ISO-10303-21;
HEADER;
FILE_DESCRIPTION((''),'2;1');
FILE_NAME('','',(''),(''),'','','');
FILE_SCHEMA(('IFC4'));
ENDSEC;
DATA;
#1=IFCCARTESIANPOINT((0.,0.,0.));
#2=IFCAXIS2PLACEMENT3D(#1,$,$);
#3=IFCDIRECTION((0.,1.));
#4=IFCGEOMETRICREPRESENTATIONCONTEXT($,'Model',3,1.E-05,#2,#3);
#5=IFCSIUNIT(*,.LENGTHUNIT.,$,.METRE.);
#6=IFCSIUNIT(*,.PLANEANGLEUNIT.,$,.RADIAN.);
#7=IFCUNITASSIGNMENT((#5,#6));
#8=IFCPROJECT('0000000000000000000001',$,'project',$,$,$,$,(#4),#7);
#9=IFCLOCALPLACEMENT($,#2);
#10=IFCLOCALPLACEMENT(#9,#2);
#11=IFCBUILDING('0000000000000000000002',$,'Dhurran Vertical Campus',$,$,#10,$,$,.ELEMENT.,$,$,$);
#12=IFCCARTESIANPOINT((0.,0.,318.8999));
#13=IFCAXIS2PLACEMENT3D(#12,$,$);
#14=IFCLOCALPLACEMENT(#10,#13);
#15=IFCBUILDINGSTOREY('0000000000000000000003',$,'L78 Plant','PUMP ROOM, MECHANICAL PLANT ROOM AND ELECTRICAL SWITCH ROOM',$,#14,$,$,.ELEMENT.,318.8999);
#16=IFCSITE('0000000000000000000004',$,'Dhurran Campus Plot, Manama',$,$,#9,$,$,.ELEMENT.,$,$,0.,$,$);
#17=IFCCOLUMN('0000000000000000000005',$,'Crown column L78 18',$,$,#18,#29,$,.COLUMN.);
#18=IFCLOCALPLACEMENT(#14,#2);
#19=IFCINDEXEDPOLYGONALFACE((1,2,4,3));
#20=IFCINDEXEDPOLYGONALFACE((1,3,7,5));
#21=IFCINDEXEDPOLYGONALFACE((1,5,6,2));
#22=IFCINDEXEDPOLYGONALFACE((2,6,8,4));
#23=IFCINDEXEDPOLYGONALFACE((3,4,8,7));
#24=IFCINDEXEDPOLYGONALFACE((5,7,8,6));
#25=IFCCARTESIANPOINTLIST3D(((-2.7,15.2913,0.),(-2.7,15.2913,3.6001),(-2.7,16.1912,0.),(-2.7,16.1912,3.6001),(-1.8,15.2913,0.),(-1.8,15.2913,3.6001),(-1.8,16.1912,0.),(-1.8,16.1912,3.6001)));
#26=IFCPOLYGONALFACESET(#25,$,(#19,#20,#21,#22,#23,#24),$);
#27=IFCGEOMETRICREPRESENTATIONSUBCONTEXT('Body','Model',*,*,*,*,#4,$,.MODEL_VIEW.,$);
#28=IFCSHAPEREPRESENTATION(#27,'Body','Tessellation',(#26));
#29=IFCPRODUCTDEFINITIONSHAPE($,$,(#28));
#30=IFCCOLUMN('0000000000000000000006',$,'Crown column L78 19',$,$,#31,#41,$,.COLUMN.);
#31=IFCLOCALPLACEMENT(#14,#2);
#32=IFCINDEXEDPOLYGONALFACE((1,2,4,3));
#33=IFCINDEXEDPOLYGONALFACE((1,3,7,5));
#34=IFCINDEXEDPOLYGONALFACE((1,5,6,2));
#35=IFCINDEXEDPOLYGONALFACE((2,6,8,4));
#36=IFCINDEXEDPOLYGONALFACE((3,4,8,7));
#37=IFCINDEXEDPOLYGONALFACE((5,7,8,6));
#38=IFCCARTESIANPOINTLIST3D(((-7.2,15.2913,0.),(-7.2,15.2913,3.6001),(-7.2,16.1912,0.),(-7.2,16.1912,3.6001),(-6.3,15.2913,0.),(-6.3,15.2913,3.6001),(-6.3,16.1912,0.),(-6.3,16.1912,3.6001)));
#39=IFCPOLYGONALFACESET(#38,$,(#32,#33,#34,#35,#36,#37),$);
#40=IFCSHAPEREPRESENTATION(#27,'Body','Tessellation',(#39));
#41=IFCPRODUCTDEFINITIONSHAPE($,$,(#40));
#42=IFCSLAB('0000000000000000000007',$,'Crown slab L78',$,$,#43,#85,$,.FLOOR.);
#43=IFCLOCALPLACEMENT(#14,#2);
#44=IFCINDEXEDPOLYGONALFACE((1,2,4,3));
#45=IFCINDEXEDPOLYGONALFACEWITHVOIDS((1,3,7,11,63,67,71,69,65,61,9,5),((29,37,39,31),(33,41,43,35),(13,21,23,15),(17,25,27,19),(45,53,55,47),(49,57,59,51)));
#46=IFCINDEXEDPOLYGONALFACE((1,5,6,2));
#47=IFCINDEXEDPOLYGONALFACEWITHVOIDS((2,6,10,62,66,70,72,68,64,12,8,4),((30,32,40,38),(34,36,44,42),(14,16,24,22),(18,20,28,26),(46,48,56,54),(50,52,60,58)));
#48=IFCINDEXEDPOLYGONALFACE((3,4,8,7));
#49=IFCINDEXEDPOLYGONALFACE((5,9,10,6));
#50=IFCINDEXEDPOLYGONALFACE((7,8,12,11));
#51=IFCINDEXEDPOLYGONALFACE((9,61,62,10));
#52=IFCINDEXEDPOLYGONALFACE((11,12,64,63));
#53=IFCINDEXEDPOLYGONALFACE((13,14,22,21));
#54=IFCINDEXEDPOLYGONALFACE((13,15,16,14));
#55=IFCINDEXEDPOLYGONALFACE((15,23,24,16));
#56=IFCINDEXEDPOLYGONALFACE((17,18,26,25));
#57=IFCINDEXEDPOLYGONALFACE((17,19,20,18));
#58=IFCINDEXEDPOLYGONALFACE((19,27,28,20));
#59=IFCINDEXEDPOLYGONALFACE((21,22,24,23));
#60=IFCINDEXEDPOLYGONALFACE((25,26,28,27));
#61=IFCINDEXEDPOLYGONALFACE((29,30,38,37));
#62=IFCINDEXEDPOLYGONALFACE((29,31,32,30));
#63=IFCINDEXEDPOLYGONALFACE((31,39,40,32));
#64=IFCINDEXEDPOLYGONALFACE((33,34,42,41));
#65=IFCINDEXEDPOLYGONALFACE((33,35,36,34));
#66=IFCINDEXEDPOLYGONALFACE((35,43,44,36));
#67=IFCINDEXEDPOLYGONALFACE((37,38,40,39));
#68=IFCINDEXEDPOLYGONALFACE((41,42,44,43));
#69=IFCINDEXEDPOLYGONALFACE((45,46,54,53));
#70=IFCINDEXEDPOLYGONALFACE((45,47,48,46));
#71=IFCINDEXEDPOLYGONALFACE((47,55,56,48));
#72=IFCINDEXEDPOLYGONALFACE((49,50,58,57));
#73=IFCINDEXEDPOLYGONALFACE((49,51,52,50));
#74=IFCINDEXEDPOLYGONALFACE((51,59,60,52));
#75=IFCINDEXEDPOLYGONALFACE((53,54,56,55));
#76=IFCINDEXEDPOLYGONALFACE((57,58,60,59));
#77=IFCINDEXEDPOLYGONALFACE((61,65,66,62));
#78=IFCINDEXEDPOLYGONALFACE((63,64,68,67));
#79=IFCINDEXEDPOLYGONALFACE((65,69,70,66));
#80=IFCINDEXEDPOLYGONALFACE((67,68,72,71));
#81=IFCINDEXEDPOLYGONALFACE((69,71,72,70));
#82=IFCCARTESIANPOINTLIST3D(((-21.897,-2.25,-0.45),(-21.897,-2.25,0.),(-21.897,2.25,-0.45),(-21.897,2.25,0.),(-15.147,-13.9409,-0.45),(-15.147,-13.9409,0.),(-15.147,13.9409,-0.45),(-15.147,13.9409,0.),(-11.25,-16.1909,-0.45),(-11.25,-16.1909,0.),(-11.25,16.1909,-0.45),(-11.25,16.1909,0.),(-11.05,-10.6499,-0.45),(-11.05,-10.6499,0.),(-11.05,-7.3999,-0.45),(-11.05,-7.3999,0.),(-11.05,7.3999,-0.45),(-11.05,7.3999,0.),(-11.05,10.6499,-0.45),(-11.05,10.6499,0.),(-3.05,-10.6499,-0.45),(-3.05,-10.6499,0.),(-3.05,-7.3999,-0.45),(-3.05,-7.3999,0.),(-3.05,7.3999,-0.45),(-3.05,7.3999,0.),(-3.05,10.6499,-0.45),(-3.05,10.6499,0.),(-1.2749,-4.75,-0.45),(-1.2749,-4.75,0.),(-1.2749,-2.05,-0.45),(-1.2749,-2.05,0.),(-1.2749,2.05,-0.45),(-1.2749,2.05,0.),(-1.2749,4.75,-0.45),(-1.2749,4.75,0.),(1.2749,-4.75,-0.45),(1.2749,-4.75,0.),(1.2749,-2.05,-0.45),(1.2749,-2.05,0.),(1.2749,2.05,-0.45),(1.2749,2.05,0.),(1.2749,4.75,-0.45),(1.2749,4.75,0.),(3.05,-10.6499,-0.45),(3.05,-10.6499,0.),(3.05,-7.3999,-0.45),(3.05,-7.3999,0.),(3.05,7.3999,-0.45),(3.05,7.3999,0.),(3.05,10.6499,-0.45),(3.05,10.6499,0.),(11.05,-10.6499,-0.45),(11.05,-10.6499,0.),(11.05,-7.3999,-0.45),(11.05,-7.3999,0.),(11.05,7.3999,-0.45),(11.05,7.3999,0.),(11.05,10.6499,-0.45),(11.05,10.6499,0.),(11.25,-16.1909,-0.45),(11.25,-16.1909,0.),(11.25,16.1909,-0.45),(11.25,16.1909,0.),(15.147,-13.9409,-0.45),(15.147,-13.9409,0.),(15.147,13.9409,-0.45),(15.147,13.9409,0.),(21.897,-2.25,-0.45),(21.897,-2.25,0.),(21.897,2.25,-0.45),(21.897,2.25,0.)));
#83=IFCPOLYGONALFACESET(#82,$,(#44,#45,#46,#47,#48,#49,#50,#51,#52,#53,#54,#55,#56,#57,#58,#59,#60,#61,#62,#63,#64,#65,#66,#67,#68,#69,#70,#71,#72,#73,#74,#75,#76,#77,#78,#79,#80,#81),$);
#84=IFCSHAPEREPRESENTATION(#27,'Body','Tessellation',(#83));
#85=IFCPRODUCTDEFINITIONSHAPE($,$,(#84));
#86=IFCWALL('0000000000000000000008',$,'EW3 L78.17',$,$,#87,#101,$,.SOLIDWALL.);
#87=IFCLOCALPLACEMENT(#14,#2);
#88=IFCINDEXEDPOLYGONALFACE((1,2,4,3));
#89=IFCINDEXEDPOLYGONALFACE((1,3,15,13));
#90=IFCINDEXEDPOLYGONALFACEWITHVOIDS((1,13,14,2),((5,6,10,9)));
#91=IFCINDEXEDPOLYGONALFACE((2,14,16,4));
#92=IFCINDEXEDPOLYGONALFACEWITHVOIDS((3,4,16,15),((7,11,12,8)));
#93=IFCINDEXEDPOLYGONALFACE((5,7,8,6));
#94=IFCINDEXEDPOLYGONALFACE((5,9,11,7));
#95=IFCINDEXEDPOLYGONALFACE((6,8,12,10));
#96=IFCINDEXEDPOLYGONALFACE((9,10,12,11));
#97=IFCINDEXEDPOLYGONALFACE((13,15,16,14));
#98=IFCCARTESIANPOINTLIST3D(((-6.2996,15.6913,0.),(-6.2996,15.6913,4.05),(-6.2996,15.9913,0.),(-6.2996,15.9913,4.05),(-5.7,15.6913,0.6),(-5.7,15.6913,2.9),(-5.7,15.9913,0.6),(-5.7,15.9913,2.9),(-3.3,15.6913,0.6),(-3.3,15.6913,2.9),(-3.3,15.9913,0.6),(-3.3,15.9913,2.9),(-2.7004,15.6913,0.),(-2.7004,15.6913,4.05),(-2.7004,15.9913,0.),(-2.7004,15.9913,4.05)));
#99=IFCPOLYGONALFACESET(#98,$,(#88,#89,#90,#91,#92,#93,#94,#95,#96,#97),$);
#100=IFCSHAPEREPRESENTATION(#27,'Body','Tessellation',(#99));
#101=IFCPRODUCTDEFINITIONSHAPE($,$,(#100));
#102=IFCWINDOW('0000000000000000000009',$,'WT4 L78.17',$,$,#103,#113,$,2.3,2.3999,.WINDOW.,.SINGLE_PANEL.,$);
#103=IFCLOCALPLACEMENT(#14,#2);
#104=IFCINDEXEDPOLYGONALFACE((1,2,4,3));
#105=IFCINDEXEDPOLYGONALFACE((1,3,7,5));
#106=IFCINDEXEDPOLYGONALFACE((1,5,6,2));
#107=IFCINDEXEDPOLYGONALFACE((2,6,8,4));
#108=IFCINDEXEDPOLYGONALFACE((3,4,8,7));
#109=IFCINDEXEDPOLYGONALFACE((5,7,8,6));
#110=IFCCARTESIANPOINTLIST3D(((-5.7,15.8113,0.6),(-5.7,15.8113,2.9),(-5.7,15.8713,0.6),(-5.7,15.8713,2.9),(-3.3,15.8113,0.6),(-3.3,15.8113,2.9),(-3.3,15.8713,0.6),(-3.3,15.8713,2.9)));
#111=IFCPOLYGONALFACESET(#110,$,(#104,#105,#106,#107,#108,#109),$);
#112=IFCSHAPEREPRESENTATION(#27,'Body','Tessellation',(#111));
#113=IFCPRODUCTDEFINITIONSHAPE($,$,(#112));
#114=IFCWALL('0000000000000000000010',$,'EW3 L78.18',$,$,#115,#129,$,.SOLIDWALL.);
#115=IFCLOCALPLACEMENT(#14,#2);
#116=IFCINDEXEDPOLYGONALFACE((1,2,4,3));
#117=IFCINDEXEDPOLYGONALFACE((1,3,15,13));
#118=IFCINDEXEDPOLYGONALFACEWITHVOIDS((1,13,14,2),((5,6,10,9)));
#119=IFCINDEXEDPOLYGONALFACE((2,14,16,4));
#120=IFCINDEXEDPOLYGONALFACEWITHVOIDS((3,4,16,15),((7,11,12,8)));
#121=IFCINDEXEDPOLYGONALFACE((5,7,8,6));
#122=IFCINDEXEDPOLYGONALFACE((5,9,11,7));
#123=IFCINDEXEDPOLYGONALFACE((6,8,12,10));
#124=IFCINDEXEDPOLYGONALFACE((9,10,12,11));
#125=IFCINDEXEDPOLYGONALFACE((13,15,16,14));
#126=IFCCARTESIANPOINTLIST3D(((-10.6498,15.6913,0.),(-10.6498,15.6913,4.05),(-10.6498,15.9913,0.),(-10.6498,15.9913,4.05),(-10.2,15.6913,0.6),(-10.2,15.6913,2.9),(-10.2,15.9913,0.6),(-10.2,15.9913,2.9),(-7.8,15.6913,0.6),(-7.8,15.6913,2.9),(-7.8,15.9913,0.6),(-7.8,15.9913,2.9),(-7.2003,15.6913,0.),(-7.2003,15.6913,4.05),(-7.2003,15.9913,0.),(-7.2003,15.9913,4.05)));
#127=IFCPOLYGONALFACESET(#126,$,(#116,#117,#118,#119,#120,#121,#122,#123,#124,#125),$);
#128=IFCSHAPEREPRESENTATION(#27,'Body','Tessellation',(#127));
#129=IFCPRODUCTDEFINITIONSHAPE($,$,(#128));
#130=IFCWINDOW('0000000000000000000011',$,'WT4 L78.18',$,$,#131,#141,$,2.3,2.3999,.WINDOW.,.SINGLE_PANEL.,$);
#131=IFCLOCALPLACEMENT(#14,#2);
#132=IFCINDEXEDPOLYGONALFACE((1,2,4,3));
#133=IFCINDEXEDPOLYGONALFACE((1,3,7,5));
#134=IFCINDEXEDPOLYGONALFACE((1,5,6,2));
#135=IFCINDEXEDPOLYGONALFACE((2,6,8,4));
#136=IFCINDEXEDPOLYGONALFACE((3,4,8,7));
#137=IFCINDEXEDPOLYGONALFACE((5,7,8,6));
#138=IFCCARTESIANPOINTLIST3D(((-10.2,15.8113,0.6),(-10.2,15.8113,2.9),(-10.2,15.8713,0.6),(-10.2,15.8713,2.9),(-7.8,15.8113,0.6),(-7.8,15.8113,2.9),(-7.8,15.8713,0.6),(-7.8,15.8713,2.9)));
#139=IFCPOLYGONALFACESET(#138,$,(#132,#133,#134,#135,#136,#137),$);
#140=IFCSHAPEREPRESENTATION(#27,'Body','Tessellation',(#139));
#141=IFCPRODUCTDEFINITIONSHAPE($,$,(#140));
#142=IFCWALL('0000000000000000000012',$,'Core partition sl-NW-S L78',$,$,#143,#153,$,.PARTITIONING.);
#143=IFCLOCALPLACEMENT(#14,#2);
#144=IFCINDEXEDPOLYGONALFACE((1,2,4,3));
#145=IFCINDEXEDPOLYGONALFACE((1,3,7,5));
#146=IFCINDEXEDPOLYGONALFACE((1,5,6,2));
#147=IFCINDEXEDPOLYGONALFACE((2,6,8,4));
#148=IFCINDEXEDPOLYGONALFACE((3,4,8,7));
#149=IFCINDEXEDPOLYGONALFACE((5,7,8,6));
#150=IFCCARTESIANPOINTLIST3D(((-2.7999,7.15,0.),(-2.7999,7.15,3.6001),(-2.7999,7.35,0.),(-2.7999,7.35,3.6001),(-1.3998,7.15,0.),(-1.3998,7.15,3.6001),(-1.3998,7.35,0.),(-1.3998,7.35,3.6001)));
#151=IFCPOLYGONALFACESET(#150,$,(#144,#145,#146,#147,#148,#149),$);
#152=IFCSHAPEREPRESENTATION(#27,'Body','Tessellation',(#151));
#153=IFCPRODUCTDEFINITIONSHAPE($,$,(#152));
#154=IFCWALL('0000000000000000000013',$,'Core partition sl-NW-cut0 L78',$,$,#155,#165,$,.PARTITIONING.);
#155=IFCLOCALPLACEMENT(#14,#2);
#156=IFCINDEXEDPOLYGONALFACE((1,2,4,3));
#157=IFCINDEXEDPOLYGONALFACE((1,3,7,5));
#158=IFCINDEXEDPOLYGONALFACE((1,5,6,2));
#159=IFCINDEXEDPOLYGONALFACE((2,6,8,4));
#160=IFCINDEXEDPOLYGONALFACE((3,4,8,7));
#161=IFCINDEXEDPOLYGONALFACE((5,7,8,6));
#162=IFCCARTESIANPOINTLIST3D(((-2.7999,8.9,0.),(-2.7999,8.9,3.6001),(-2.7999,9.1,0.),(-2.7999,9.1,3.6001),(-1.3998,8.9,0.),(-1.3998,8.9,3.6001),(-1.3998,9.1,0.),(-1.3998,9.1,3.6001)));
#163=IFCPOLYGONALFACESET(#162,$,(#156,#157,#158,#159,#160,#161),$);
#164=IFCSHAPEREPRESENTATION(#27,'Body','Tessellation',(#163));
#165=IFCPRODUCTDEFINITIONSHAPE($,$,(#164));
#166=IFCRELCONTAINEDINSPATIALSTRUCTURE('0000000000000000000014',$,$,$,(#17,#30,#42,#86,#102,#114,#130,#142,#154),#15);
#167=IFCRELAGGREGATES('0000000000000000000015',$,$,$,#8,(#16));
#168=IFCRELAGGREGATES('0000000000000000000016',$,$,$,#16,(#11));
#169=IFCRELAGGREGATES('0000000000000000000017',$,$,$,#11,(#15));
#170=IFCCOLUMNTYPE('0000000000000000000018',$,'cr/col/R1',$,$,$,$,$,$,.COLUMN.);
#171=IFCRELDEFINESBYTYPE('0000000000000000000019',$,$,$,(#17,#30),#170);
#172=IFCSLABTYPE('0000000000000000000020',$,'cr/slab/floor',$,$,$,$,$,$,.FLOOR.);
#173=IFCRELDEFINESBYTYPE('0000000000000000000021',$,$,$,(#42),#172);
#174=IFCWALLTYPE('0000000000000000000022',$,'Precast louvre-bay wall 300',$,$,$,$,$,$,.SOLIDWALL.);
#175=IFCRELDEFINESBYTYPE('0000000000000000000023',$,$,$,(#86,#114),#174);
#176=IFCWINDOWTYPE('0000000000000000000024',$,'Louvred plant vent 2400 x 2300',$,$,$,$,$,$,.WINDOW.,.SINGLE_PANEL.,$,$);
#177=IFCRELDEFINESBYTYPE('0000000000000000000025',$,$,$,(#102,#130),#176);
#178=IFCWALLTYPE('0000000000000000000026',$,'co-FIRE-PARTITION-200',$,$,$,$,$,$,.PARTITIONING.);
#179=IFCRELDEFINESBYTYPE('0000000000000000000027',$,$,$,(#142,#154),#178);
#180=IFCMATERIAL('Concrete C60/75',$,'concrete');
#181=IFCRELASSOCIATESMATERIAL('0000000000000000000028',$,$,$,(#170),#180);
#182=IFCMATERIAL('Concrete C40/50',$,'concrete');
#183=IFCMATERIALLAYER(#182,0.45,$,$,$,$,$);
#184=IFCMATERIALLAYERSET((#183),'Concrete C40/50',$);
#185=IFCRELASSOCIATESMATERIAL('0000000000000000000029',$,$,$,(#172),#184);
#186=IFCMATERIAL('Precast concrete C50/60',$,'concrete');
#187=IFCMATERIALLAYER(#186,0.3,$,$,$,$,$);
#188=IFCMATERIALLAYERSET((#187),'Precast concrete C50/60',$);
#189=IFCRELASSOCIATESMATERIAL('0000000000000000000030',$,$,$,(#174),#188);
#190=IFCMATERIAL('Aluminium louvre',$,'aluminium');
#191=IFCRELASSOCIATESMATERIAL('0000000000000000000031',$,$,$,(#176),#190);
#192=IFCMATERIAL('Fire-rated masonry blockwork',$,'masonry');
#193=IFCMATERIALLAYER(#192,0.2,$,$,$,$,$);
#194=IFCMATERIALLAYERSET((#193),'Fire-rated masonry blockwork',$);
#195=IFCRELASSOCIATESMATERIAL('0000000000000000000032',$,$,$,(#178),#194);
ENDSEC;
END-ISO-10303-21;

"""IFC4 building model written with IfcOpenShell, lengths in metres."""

from ifc_helpers import new_model, si_unit, direction, frame, frame_2d, origin, origin_2d, place, context, subcontext, project, spatial, polyline, rectangle, outline, extrude, material, layer, layer_set, material_profile, profile_set, type_object, element, fill, save


model = new_model("IFC4")

# Units and contexts
model_context = context("Model", 3, precision=1e-05, world=origin(), true_north=direction((0.0, 1.0)))
body_context = subcontext(model_context, "Body", "Model", "MODEL_VIEW")
ifc_project = project(units=[si_unit("LENGTHUNIT", "METRE"), si_unit("PLANEANGLEUNIT", "RADIAN")], contexts=[model_context])

# Site, building, storey
site_placement = place(None, origin())
site = spatial("IfcSite", under=ifc_project, at=site_placement, Name="Dhurran Campus Plot, Manama", CompositionType="ELEMENT", RefElevation=0.0)
building_placement = place(site_placement, origin())
building = spatial("IfcBuilding", under=site, at=building_placement, Name="Dhurran Vertical Campus", CompositionType="ELEMENT")
storey_placement = place(building_placement, frame((0.0, 0.0, 318.8999)))
storey = spatial("IfcBuildingStorey", under=building, at=storey_placement, Name="L78 Plant", Description="PUMP ROOM, MECHANICAL PLANT ROOM AND ELECTRICAL SWITCH ROOM", CompositionType="ELEMENT", Elevation=318.8999)

# Columns
ifc_material_1 = material(Name="Concrete C60/75", Category="concrete")
ifc_material_profile = material_profile(ifc_material_1, rectangle(XDim=0.8999, YDim=0.8999, at=origin_2d()), Name="cr/col/R1")
ifc_profile_set = profile_set([ifc_material_profile], Name="Concrete C60/75")
column_type = type_object("IfcColumnType", Name="cr/col/R1", PredefinedType="COLUMN", material=ifc_profile_set)
for number, where, z_axis, x_axis, name in (
    (1, (-2.25, 15.7412, 0.0), (0.0, 0.0, 1.0), (-1.0, 0.0, 0.0), "Crown column L78 18"),
    (2, (-6.75, 15.7412, 0.0), (0.0, 0.0, 1.0), (-1.0, 0.0, 0.0), "Crown column L78 19"),
):
    element("IfcColumn", number, at=place(storey_placement, frame(where, z_axis=z_axis, x_axis=x_axis)), inside=storey, type_object=column_type, Name=name, PredefinedType="COLUMN", context=body_context, shape_type="SweptSolid", body=[
        extrude(rectangle(XDim=0.8999, YDim=0.8999, at=origin_2d()), origin(), (0.0, 0.0, 1.0), 3.6001),
    ])

# Slab
ifc_material_2 = material(Name="Concrete C40/50", Category="concrete")
ifc_layer_1 = layer(ifc_material_2, 0.45)
ifc_layer_set_1 = layer_set([ifc_layer_1], Name="Concrete C40/50")
slab_type = type_object("IfcSlabType", Name="cr/slab/floor", PredefinedType="FLOOR", material=ifc_layer_set_1)
slab_placement = place(storey_placement, frame((0.0, 0.0, -0.45)))
element("IfcSlab", 3, at=slab_placement, inside=storey, type_object=slab_type, Name="Crown slab L78", PredefinedType="FLOOR", context=body_context, shape_type="SweptSolid", body=[
    extrude(outline(polyline([(-11.25, -16.1909), (11.25, -16.1909), (15.147, -13.9409), (21.897, -2.25), (21.897, 2.25), (15.147, 13.9409), (11.25, 16.1909), (-11.25, 16.1909), (-15.147, 13.9409), (-21.897, 2.25), (-21.897, -2.25), (-15.147, -13.9409), (-11.25, -16.1909)]), holes=[polyline([(-1.2749, 4.75), (1.2749, 4.75), (1.2749, 2.05), (-1.2749, 2.05), (-1.2749, 4.75)]), polyline([(-1.2749, -2.05), (1.2749, -2.05), (1.2749, -4.75), (-1.2749, -4.75), (-1.2749, -2.05)]), polyline([(-11.05, 10.6499), (-3.05, 10.6499), (-3.05, 7.3999), (-11.05, 7.3999), (-11.05, 10.6499)]), polyline([(3.05, 10.6499), (11.05, 10.6499), (11.05, 7.3999), (3.05, 7.3999), (3.05, 10.6499)]), polyline([(-11.05, -7.3999), (-3.05, -7.3999), (-3.05, -10.6499), (-11.05, -10.6499), (-11.05, -7.3999)]), polyline([(3.05, -7.3999), (11.05, -7.3999), (11.05, -10.6499), (3.05, -10.6499), (3.05, -7.3999)])]), origin(), (0.0, 0.0, 1.0), 0.45),
])

# Walls, openings, windows
ifc_material_3 = material(Name="Precast concrete C50/60", Category="concrete")
ifc_layer_2 = layer(ifc_material_3, 0.3)
ifc_layer_set_2 = layer_set([ifc_layer_2], Name="Precast concrete C50/60")
wall_type_1 = type_object("IfcWallType", Name="Precast louvre-bay wall 300", PredefinedType="SOLIDWALL", material=ifc_layer_set_2)
wall_1_placement = place(storey_placement, frame((-2.7004, 15.8413, 0.0), z_axis=(0.0, 0.0, 1.0), x_axis=(-1.0, 0.0, 0.0)))
wall_1 = element("IfcWall", 4, at=wall_1_placement, inside=storey, type_object=wall_type_1, Name="EW3 L78.17", PredefinedType="SOLIDWALL", context=body_context, shape_type="SweptSolid", body=[
    extrude(rectangle(XDim=3.5991, YDim=0.3, at=frame_2d((1.7996, 0.0))), origin(), (0.0, 0.0, 1.0), 4.05),
])
opening_1_placement = place(wall_1_placement, frame((0.5996, 0.0, 0.6001)))
opening_1 = element("IfcOpeningElement", 5, at=opening_1_placement, cuts=wall_1, PredefinedType="OPENING", context=body_context, shape_type="SweptSolid", body=[
    extrude(rectangle(XDim=2.3999, YDim=2.3, at=frame_2d((1.2, 1.1499))), frame((0.0, 0.1599, 0.0), z_axis=(0.0, -1.0, 0.0), x_axis=(1.0, 0.0, 0.0)), (0.0, 0.0, 1.0), 0.3201),
])
ifc_material_4 = material(Name="Aluminium louvre", Category="aluminium")
window_type = type_object("IfcWindowType", Name="Louvred plant vent 2400 x 2300", PartitioningType="SINGLE_PANEL", PredefinedType="WINDOW", material=ifc_material_4)
window_1_placement = place(opening_1_placement, origin())
window_1 = element("IfcWindow", 6, at=window_1_placement, inside=storey, type_object=window_type, Name="WT4 L78.17", OverallHeight=2.3, OverallWidth=2.3999, PartitioningType="SINGLE_PANEL", PredefinedType="WINDOW", context=body_context, shape_type="SweptSolid", body=[
    extrude(rectangle(XDim=2.3999, YDim=2.3, at=frame_2d((1.2, 1.1499))), frame((0.0, 0.03, 0.0), z_axis=(0.0, -1.0, 0.0), x_axis=(1.0, 0.0, 0.0)), (0.0, 0.0, 1.0), 0.0601),
])
fill(opening_1, window_1)
wall_2_placement = place(storey_placement, frame((-7.2004, 15.8413, 0.0), z_axis=(0.0, 0.0, 1.0), x_axis=(-1.0, 0.0, 0.0)))
wall_2 = element("IfcWall", 7, at=wall_2_placement, inside=storey, type_object=wall_type_1, Name="EW3 L78.18", PredefinedType="SOLIDWALL", context=body_context, shape_type="SweptSolid", body=[
    extrude(rectangle(XDim=3.4495, YDim=0.3, at=frame_2d((1.7246, 0.0))), origin(), (0.0, 0.0, 1.0), 4.05),
])
opening_2_placement = place(wall_2_placement, frame((0.5996, 0.0, 0.6001)))
opening_2 = element("IfcOpeningElement", 8, at=opening_2_placement, cuts=wall_2, PredefinedType="OPENING", context=body_context, shape_type="SweptSolid", body=[
    extrude(rectangle(XDim=2.3999, YDim=2.3, at=frame_2d((1.2, 1.1499))), frame((0.0, 0.1599, 0.0), z_axis=(0.0, -1.0, 0.0), x_axis=(1.0, 0.0, 0.0)), (0.0, 0.0, 1.0), 0.3201),
])
window_2_placement = place(opening_2_placement, origin())
window_2 = element("IfcWindow", 9, at=window_2_placement, inside=storey, type_object=window_type, Name="WT4 L78.18", OverallHeight=2.3, OverallWidth=2.3999, PartitioningType="SINGLE_PANEL", PredefinedType="WINDOW", context=body_context, shape_type="SweptSolid", body=[
    extrude(rectangle(XDim=2.3999, YDim=2.3, at=frame_2d((1.2, 1.1499))), frame((0.0, 0.03, 0.0), z_axis=(0.0, -1.0, 0.0), x_axis=(1.0, 0.0, 0.0)), (0.0, 0.0, 1.0), 0.0601),
])
fill(opening_2, window_2)

# Walls
ifc_material_5 = material(Name="Fire-rated masonry blockwork", Category="masonry")
ifc_layer_3 = layer(ifc_material_5, 0.2)
ifc_layer_set_3 = layer_set([ifc_layer_3], Name="Fire-rated masonry blockwork")
wall_type_2 = type_object("IfcWallType", Name="co-FIRE-PARTITION-200", PredefinedType="PARTITIONING", material=ifc_layer_set_3)
for number, where, z_axis, x_axis, name in (
    (10, (-2.8, 7.25, 0.0), (0.0, 0.0, 1.0), (1.0, 0.0, 0.0), "Core partition sl-NW-S L78"),
    (11, (-2.8, 9.0, 0.0), (0.0, 0.0, 1.0), (1.0, 0.0, 0.0), "Core partition sl-NW-cut0 L78"),
):
    element("IfcWall", number, at=place(storey_placement, frame(where, z_axis=z_axis, x_axis=x_axis)), inside=storey, type_object=wall_type_2, Name=name, PredefinedType="PARTITIONING", context=body_context, shape_type="SweptSolid", body=[
        extrude(rectangle(XDim=1.4001, YDim=0.2, at=frame_2d((0.7002, 0.0))), origin(), (0.0, 0.0, 1.0), 3.6001),
    ])

save(model, "model.ifc")
